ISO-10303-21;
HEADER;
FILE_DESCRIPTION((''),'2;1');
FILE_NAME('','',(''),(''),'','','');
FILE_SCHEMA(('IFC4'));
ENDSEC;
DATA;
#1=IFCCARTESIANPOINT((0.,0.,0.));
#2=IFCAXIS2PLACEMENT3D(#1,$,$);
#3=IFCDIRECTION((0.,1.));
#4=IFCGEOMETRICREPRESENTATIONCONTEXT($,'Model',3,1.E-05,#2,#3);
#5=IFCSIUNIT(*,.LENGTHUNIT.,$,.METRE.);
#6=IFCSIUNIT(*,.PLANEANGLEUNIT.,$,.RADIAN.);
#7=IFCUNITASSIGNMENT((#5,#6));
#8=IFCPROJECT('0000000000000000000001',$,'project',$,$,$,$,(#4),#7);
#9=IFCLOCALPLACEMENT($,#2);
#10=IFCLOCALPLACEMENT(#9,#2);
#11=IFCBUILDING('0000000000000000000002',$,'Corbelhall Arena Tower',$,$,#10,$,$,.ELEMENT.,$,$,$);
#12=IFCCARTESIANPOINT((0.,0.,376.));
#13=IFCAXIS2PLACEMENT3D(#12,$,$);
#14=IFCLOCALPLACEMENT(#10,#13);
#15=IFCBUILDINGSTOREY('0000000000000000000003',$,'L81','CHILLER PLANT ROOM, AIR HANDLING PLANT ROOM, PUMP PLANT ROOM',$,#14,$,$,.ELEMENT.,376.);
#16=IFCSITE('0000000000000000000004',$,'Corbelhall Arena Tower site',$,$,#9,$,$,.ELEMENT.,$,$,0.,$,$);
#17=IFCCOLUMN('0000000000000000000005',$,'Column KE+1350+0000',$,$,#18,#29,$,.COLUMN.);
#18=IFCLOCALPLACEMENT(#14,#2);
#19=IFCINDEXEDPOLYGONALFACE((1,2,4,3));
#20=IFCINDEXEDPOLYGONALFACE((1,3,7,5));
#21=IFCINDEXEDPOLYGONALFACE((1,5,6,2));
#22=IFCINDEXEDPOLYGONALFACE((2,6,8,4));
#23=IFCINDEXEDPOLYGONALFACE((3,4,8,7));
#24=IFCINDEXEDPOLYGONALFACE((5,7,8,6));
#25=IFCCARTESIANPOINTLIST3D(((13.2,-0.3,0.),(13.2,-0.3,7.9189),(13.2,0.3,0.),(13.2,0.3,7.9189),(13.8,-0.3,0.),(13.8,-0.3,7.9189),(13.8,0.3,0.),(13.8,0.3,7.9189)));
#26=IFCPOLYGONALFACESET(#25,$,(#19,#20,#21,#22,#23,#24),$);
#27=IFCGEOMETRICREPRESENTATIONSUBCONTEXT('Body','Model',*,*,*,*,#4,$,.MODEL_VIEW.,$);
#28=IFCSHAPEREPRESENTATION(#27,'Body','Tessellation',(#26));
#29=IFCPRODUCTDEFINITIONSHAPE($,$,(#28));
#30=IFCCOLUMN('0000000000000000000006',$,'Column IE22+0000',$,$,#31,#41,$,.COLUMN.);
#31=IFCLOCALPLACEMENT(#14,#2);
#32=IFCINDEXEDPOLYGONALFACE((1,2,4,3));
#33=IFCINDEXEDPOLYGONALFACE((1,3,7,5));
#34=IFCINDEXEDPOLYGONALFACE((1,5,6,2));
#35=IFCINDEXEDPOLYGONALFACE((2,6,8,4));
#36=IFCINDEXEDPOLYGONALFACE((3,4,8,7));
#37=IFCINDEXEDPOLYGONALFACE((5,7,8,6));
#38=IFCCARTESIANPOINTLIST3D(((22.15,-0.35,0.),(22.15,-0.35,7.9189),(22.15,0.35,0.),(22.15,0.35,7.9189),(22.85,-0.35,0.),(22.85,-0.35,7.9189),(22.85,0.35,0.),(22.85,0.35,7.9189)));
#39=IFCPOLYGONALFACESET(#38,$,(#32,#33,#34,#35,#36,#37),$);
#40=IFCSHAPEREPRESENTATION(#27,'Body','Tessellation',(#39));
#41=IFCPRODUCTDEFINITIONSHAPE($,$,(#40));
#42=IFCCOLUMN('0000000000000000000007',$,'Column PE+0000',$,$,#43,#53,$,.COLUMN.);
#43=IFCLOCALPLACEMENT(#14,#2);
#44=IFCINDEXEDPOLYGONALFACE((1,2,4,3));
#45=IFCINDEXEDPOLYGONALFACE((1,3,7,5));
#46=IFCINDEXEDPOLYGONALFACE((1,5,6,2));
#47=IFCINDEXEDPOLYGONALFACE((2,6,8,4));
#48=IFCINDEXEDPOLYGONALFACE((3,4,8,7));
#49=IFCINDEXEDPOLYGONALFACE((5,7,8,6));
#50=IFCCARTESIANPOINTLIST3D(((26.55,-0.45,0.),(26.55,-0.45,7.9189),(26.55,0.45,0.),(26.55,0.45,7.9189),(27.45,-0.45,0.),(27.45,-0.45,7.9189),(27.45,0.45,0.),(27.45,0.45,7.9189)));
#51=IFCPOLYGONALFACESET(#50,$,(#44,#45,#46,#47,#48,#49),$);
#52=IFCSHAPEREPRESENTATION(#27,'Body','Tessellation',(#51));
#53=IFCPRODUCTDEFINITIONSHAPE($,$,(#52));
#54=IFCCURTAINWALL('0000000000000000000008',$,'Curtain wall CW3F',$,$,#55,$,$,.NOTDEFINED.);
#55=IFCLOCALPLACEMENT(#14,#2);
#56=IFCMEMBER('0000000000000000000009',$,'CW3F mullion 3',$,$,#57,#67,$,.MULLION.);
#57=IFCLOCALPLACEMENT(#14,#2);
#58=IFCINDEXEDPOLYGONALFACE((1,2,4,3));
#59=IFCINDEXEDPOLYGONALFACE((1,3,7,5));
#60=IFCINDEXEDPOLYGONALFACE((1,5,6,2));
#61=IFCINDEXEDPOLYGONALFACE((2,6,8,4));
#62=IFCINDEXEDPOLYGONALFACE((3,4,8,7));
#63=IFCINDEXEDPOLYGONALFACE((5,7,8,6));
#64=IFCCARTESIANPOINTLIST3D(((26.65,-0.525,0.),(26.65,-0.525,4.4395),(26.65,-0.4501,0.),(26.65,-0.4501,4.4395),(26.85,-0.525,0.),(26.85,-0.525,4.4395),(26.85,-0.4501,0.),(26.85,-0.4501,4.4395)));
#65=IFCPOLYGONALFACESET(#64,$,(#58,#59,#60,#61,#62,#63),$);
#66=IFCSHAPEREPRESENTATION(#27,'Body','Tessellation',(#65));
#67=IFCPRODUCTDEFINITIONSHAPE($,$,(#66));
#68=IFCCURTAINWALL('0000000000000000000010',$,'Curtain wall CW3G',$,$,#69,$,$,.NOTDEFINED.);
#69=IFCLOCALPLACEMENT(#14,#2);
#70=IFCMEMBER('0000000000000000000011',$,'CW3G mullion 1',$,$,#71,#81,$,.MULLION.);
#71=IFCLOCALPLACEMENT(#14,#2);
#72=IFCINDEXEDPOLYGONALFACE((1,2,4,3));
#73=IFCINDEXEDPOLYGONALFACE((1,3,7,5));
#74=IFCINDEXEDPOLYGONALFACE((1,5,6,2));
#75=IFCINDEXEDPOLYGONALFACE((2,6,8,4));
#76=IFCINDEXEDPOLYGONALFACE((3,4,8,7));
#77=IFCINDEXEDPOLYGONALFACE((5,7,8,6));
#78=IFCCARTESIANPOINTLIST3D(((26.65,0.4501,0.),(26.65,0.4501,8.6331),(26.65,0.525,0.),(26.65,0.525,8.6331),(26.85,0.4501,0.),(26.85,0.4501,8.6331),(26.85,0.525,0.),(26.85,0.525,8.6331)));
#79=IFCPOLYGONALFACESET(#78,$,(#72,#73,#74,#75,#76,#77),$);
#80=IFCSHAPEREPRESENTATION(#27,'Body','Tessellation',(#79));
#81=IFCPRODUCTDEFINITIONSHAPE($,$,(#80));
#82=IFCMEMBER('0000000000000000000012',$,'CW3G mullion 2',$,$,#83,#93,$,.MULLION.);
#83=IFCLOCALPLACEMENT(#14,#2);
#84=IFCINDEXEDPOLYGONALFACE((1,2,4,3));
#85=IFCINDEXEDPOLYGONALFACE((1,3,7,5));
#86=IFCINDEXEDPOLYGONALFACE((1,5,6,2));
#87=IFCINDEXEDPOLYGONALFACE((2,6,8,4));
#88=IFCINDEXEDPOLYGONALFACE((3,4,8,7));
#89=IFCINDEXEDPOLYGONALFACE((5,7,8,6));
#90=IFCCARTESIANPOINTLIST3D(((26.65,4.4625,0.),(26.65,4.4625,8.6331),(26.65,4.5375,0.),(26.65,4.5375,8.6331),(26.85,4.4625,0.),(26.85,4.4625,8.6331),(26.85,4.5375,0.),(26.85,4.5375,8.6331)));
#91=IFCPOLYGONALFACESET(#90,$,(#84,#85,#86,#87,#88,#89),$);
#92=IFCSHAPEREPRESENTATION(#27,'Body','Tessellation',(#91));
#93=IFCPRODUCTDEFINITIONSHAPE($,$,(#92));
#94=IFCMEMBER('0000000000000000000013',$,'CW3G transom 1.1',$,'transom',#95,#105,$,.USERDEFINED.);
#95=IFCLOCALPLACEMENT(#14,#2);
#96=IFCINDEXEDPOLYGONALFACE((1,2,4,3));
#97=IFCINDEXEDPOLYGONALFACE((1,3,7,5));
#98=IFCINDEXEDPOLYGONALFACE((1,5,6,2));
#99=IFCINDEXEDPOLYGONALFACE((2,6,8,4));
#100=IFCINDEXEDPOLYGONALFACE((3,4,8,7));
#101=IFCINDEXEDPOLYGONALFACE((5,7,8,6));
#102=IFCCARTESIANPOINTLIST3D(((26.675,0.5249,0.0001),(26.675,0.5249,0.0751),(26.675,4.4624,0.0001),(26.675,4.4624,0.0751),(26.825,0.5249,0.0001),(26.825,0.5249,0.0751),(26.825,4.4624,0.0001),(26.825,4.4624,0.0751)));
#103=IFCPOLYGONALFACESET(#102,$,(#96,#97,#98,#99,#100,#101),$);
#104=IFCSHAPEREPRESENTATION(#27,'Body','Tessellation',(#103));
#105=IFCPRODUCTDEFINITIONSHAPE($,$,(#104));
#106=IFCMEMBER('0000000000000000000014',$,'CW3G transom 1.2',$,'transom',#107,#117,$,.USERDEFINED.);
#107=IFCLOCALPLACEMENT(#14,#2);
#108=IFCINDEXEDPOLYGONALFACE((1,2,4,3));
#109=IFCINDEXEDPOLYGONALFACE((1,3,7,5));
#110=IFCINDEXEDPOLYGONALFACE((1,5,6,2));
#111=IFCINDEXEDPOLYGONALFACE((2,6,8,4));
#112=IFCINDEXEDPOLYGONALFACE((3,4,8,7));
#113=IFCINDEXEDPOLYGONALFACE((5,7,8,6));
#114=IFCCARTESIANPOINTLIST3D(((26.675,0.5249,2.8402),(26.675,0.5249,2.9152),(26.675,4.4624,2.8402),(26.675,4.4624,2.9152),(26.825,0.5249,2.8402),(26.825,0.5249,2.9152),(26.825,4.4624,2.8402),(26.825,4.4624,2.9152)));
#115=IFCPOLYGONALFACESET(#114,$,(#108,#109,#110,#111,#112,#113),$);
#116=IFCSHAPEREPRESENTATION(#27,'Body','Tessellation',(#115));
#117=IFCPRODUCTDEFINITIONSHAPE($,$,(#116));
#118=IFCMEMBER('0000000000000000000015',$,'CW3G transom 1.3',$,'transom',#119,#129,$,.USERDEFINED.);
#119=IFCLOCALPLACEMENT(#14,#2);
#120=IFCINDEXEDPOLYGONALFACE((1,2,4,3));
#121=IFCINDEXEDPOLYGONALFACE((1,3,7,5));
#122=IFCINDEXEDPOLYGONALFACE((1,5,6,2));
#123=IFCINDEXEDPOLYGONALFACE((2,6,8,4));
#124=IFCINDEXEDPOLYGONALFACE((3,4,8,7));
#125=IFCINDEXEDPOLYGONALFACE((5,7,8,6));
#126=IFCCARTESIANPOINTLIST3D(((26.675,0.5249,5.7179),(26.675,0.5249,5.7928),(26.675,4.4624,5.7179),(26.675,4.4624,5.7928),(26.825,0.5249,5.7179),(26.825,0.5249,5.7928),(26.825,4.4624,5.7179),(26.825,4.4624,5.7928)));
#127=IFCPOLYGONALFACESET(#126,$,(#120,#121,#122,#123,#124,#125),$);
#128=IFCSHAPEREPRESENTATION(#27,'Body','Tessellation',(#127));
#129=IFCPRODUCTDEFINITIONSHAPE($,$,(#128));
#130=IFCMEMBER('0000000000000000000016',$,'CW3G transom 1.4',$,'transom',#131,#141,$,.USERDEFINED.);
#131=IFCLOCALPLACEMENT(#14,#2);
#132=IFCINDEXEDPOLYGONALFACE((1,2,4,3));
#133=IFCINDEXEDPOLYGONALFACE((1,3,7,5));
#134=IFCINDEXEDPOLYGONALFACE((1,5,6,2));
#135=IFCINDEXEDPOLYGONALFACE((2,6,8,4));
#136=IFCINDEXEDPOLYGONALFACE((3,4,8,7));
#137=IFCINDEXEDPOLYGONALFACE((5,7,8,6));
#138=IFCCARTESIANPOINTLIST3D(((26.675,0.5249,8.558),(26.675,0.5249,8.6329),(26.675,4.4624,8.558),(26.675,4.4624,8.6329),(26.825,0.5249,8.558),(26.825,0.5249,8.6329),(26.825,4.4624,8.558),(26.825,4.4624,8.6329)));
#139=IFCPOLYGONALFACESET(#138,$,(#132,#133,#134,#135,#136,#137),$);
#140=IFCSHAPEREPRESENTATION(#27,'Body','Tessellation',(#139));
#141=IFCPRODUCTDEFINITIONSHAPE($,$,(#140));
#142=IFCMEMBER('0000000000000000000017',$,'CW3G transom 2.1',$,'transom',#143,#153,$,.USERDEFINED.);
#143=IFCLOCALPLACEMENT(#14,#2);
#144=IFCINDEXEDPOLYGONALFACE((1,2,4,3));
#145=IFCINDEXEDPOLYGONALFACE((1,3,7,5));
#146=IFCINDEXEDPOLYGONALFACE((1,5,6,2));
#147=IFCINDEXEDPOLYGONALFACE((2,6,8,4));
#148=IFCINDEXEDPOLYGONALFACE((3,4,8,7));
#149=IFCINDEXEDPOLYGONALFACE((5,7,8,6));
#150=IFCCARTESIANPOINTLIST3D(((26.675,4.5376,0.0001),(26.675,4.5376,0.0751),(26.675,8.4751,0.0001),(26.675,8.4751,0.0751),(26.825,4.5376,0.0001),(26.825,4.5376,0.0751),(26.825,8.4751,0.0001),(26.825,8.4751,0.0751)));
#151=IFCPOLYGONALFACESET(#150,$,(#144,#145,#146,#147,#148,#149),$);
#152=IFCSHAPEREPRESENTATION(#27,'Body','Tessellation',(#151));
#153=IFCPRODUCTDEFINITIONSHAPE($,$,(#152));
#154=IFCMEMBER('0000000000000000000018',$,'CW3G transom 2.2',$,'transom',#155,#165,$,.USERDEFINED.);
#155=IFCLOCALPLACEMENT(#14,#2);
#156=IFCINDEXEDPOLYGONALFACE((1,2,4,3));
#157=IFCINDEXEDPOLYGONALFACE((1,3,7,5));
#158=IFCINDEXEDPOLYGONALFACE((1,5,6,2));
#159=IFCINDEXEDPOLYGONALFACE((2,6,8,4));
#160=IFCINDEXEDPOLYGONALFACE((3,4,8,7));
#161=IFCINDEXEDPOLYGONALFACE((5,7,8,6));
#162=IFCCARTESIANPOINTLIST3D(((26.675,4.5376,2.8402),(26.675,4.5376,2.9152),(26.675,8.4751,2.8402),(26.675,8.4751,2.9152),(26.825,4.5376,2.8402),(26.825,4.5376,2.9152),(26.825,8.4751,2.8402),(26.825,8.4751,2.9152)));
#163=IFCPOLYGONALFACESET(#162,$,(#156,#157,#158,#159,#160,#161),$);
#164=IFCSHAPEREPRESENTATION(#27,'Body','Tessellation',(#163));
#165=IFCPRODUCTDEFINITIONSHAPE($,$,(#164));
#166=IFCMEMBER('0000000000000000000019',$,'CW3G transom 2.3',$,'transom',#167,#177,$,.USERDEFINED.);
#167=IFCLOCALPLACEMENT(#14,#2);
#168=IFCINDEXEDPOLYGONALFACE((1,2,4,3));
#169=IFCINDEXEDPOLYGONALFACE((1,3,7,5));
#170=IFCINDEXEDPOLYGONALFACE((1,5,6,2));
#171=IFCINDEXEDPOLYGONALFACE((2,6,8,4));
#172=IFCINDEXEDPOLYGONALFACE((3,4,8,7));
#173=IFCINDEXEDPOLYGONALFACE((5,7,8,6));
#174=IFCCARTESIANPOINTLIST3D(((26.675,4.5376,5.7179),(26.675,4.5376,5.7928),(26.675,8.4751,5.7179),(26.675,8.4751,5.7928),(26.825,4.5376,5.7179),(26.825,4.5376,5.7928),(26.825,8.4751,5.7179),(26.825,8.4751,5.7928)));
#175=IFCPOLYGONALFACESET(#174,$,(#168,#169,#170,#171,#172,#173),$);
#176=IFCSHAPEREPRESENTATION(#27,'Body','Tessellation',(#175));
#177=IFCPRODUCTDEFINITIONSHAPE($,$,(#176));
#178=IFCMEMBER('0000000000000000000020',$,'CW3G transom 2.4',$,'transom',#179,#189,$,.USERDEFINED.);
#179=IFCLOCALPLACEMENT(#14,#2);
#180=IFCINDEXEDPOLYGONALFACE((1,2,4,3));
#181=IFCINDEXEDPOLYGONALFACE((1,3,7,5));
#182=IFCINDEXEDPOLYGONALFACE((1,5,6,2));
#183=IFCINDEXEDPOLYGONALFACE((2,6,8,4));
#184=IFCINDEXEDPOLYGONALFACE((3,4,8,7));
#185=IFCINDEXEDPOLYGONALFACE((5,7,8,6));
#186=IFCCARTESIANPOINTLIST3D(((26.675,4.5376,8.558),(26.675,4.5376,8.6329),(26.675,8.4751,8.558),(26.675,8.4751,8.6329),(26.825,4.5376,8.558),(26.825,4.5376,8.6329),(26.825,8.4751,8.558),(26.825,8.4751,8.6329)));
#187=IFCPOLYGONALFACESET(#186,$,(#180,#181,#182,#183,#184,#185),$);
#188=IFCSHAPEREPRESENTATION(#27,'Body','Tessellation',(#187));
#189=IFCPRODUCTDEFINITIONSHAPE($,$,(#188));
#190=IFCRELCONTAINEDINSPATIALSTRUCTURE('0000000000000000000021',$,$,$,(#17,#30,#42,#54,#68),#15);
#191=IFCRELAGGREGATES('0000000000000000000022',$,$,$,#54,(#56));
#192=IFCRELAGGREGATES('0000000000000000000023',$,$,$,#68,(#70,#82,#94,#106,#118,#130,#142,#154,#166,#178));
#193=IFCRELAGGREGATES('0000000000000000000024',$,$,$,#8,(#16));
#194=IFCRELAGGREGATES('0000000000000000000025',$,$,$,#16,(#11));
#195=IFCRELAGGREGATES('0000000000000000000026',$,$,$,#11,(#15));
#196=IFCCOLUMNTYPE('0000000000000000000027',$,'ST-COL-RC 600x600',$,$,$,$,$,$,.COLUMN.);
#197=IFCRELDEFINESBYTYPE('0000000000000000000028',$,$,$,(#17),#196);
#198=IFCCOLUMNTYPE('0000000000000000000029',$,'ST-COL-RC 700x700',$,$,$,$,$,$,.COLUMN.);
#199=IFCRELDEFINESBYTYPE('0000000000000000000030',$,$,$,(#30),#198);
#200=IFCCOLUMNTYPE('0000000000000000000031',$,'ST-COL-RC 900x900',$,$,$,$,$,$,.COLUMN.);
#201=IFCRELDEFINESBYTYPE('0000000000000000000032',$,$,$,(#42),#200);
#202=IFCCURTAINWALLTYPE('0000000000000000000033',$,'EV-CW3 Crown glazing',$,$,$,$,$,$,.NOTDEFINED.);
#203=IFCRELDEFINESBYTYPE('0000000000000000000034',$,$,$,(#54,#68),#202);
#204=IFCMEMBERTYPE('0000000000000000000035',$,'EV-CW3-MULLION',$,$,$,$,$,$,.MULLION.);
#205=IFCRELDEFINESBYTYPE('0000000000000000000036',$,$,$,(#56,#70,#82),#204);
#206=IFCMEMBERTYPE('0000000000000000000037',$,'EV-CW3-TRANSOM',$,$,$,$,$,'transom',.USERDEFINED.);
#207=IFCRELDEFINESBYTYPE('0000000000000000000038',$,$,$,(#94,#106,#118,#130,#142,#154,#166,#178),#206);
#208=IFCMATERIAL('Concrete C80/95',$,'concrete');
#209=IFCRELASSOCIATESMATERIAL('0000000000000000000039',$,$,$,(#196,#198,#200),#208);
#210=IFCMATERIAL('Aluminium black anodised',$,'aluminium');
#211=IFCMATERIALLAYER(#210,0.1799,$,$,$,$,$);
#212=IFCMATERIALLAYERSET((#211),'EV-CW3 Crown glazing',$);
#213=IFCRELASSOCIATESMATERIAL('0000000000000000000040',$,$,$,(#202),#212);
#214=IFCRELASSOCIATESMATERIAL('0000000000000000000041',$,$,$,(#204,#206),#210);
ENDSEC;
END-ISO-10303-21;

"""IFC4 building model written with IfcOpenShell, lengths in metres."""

from ifc_helpers import new_model, si_unit, direction, frame, origin, origin_2d, place, context, subcontext, project, spatial, rectangle, extrude, material, layer, layer_set, material_profile, profile_set, type_object, element, aggregate, save


model = new_model("IFC4")

# Units and contexts
model_context = context("Model", 3, precision=1e-05, world=origin(), true_north=direction((0.0, 1.0)))
body_context = subcontext(model_context, "Body", "Model", "MODEL_VIEW")
ifc_project = project(units=[si_unit("LENGTHUNIT", "METRE"), si_unit("PLANEANGLEUNIT", "RADIAN")], contexts=[model_context])

# Site, building, storey
site_placement = place(None, origin())
site = spatial("IfcSite", under=ifc_project, at=site_placement, Name="Corbelhall Arena Tower site", CompositionType="ELEMENT", RefElevation=0.0)
building_placement = place(site_placement, origin())
building = spatial("IfcBuilding", under=site, at=building_placement, Name="Corbelhall Arena Tower", CompositionType="ELEMENT")
storey_placement = place(building_placement, frame((0.0, 0.0, 376.0)))
storey = spatial("IfcBuildingStorey", under=building, at=storey_placement, Name="L81", Description="CHILLER PLANT ROOM, AIR HANDLING PLANT ROOM, PUMP PLANT ROOM", CompositionType="ELEMENT", Elevation=376.0)

# Columns
ifc_material_1 = material(Name="Concrete C80/95", Category="concrete")
ifc_material_profile_1 = material_profile(ifc_material_1, rectangle(XDim=0.6001, YDim=0.6001, at=origin_2d()))
ifc_profile_set_1 = profile_set([ifc_material_profile_1], Name="Concrete C80/95")
column_type_1 = type_object("IfcColumnType", Name="ST-COL-RC 600x600", PredefinedType="COLUMN", material=ifc_profile_set_1)
column_1_placement = place(storey_placement, frame((13.5, 0.0, 0.0), z_axis=(0.0, 0.0, 1.0), x_axis=(1.0, 0.0, 0.0)))
element("IfcColumn", 1, at=column_1_placement, inside=storey, type_object=column_type_1, Name="Column KE+1350+0000", PredefinedType="COLUMN", context=body_context, shape_type="SweptSolid", body=[
    extrude(rectangle(XDim=0.6001, YDim=0.6001, at=origin_2d()), origin(), (0.0, 0.0, 1.0), 7.9189),
])
ifc_material_profile_2 = material_profile(ifc_material_1, rectangle(XDim=0.7, YDim=0.7, at=origin_2d()))
ifc_profile_set_2 = profile_set([ifc_material_profile_2], Name="Concrete C80/95")
column_type_2 = type_object("IfcColumnType", Name="ST-COL-RC 700x700", PredefinedType="COLUMN", material=ifc_profile_set_2)
column_2_placement = place(storey_placement, frame((22.5, 0.0, 0.0), z_axis=(0.0, 0.0, 1.0), x_axis=(1.0, 0.0, 0.0)))
element("IfcColumn", 2, at=column_2_placement, inside=storey, type_object=column_type_2, Name="Column IE22+0000", PredefinedType="COLUMN", context=body_context, shape_type="SweptSolid", body=[
    extrude(rectangle(XDim=0.7, YDim=0.7, at=origin_2d()), origin(), (0.0, 0.0, 1.0), 7.9189),
])
ifc_material_profile_3 = material_profile(ifc_material_1, rectangle(XDim=0.8999, YDim=0.8999, at=origin_2d()))
ifc_profile_set_3 = profile_set([ifc_material_profile_3], Name="Concrete C80/95")
column_type_3 = type_object("IfcColumnType", Name="ST-COL-RC 900x900", PredefinedType="COLUMN", material=ifc_profile_set_3)
column_3_placement = place(storey_placement, frame((27.0, 0.0, 0.0), z_axis=(0.0, 0.0, 1.0), x_axis=(0.0, 1.0, 0.0)))
element("IfcColumn", 3, at=column_3_placement, inside=storey, type_object=column_type_3, Name="Column PE+0000", PredefinedType="COLUMN", context=body_context, shape_type="SweptSolid", body=[
    extrude(rectangle(XDim=0.8999, YDim=0.8999, at=origin_2d()), origin(), (0.0, 0.0, 1.0), 7.9189),
])

# Curtain wall, member
ifc_material_2 = material(Name="Aluminium black anodised", Category="aluminium")
ifc_layer_1 = layer(ifc_material_2, 0.1799)
ifc_layer_set_1 = layer_set([ifc_layer_1], Name="EV-CW3 Crown glazing")
curtain_wall_type = type_object("IfcCurtainWallType", Name="EV-CW3 Crown glazing", PredefinedType="NOTDEFINED", material=ifc_layer_set_1)
curtain_wall_1_placement = place(storey_placement, origin())
curtain_wall_1 = element("IfcCurtainWall", 4, at=curtain_wall_1_placement, inside=storey, type_object=curtain_wall_type, Name="Curtain wall CW3F", PredefinedType="NOTDEFINED")
ifc_material_profile_4 = material_profile(ifc_material_2, rectangle(XDim=0.2, YDim=0.075, at=origin_2d()))
ifc_profile_set_4 = profile_set([ifc_material_profile_4], Name="Aluminium black anodised")
member_type_1 = type_object("IfcMemberType", Name="EV-CW3-MULLION", PredefinedType="MULLION", material=ifc_profile_set_4)
member_1_placement = place(storey_placement, frame((26.75, -0.4875, 0.0), z_axis=(0.0, 0.0, 1.0), x_axis=(-1.0, 0.0, 0.0)))
member_1 = element("IfcMember", 5, at=member_1_placement, type_object=member_type_1, Name="CW3F mullion 3", PredefinedType="MULLION", context=body_context, shape_type="SweptSolid", body=[
    extrude(rectangle(XDim=0.2, YDim=0.075, at=origin_2d()), origin(), (0.0, 0.0, 1.0), 4.4395),
])

# Curtain wall, members
curtain_wall_2_placement = place(storey_placement, origin())
curtain_wall_2 = element("IfcCurtainWall", 6, at=curtain_wall_2_placement, inside=storey, type_object=curtain_wall_type, Name="Curtain wall CW3G", PredefinedType="NOTDEFINED")
member_2_placement = place(storey_placement, frame((26.75, 0.4875, 0.0), z_axis=(0.0, 0.0, 1.0), x_axis=(-1.0, 0.0, 0.0)))
member_2 = element("IfcMember", 7, at=member_2_placement, type_object=member_type_1, Name="CW3G mullion 1", PredefinedType="MULLION", context=body_context, shape_type="SweptSolid", body=[
    extrude(rectangle(XDim=0.2, YDim=0.075, at=origin_2d()), origin(), (0.0, 0.0, 1.0), 8.6331),
])
member_3_placement = place(storey_placement, frame((26.75, 4.5, 0.0), z_axis=(0.0, 0.0, 1.0), x_axis=(-1.0, 0.0, 0.0)))
member_3 = element("IfcMember", 8, at=member_3_placement, type_object=member_type_1, Name="CW3G mullion 2", PredefinedType="MULLION", context=body_context, shape_type="SweptSolid", body=[
    extrude(rectangle(XDim=0.2, YDim=0.075, at=origin_2d()), origin(), (0.0, 0.0, 1.0), 8.6331),
])
ifc_material_profile_5 = material_profile(ifc_material_2, rectangle(XDim=0.1499, YDim=0.075, at=origin_2d()))
ifc_profile_set_5 = profile_set([ifc_material_profile_5], Name="Aluminium black anodised")
member_type_2 = type_object("IfcMemberType", Name="EV-CW3-TRANSOM", ElementType="transom", PredefinedType="USERDEFINED", material=ifc_profile_set_5)
member_4_placement = place(storey_placement, frame((26.75, 0.5249, 0.0376), z_axis=(0.0, 1.0, 0.0), x_axis=(-1.0, 0.0, 0.0)))
member_4 = element("IfcMember", 9, at=member_4_placement, type_object=member_type_2, Name="CW3G transom 1.1", ObjectType="transom", PredefinedType="USERDEFINED", context=body_context, shape_type="SweptSolid", body=[
    extrude(rectangle(XDim=0.1499, YDim=0.075, at=origin_2d()), origin(), (0.0, 0.0, 1.0), 3.9375),
])
member_5_placement = place(storey_placement, frame((26.75, 0.5249, 2.8777), z_axis=(0.0, 1.0, 0.0), x_axis=(-1.0, 0.0, 0.0)))
member_5 = element("IfcMember", 10, at=member_5_placement, type_object=member_type_2, Name="CW3G transom 1.2", ObjectType="transom", PredefinedType="USERDEFINED", context=body_context, shape_type="SweptSolid", body=[
    extrude(rectangle(XDim=0.1499, YDim=0.075, at=origin_2d()), origin(), (0.0, 0.0, 1.0), 3.9375),
])
member_6_placement = place(storey_placement, frame((26.75, 0.5249, 5.7554), z_axis=(0.0, 1.0, 0.0), x_axis=(-1.0, 0.0, 0.0)))
member_6 = element("IfcMember", 11, at=member_6_placement, type_object=member_type_2, Name="CW3G transom 1.3", ObjectType="transom", PredefinedType="USERDEFINED", context=body_context, shape_type="SweptSolid", body=[
    extrude(rectangle(XDim=0.1499, YDim=0.075, at=origin_2d()), origin(), (0.0, 0.0, 1.0), 3.9375),
])
member_7_placement = place(storey_placement, frame((26.75, 0.5249, 8.5955), z_axis=(0.0, 1.0, 0.0), x_axis=(-1.0, 0.0, 0.0)))
member_7 = element("IfcMember", 12, at=member_7_placement, type_object=member_type_2, Name="CW3G transom 1.4", ObjectType="transom", PredefinedType="USERDEFINED", context=body_context, shape_type="SweptSolid", body=[
    extrude(rectangle(XDim=0.1499, YDim=0.075, at=origin_2d()), origin(), (0.0, 0.0, 1.0), 3.9375),
])
member_8_placement = place(storey_placement, frame((26.75, 4.5376, 0.0376), z_axis=(0.0, 1.0, 0.0), x_axis=(-1.0, 0.0, 0.0)))
member_8 = element("IfcMember", 13, at=member_8_placement, type_object=member_type_2, Name="CW3G transom 2.1", ObjectType="transom", PredefinedType="USERDEFINED", context=body_context, shape_type="SweptSolid", body=[
    extrude(rectangle(XDim=0.1499, YDim=0.075, at=origin_2d()), origin(), (0.0, 0.0, 1.0), 3.9375),
])
member_9_placement = place(storey_placement, frame((26.75, 4.5376, 2.8777), z_axis=(0.0, 1.0, 0.0), x_axis=(-1.0, 0.0, 0.0)))
member_9 = element("IfcMember", 14, at=member_9_placement, type_object=member_type_2, Name="CW3G transom 2.2", ObjectType="transom", PredefinedType="USERDEFINED", context=body_context, shape_type="SweptSolid", body=[
    extrude(rectangle(XDim=0.1499, YDim=0.075, at=origin_2d()), origin(), (0.0, 0.0, 1.0), 3.9375),
])
member_10_placement = place(storey_placement, frame((26.75, 4.5376, 5.7554), z_axis=(0.0, 1.0, 0.0), x_axis=(-1.0, 0.0, 0.0)))
member_10 = element("IfcMember", 15, at=member_10_placement, type_object=member_type_2, Name="CW3G transom 2.3", ObjectType="transom", PredefinedType="USERDEFINED", context=body_context, shape_type="SweptSolid", body=[
    extrude(rectangle(XDim=0.1499, YDim=0.075, at=origin_2d()), origin(), (0.0, 0.0, 1.0), 3.9375),
])
member_11_placement = place(storey_placement, frame((26.75, 4.5376, 8.5955), z_axis=(0.0, 1.0, 0.0), x_axis=(-1.0, 0.0, 0.0)))
member_11 = element("IfcMember", 16, at=member_11_placement, type_object=member_type_2, Name="CW3G transom 2.4", ObjectType="transom", PredefinedType="USERDEFINED", context=body_context, shape_type="SweptSolid", body=[
    extrude(rectangle(XDim=0.1499, YDim=0.075, at=origin_2d()), origin(), (0.0, 0.0, 1.0), 3.9375),
])

aggregate(curtain_wall_1, [member_1])
aggregate(curtain_wall_2, [member_2, member_3, member_4, member_5, member_6, member_7, member_8, member_9, member_10, member_11])

save(model, "model.ifc")
